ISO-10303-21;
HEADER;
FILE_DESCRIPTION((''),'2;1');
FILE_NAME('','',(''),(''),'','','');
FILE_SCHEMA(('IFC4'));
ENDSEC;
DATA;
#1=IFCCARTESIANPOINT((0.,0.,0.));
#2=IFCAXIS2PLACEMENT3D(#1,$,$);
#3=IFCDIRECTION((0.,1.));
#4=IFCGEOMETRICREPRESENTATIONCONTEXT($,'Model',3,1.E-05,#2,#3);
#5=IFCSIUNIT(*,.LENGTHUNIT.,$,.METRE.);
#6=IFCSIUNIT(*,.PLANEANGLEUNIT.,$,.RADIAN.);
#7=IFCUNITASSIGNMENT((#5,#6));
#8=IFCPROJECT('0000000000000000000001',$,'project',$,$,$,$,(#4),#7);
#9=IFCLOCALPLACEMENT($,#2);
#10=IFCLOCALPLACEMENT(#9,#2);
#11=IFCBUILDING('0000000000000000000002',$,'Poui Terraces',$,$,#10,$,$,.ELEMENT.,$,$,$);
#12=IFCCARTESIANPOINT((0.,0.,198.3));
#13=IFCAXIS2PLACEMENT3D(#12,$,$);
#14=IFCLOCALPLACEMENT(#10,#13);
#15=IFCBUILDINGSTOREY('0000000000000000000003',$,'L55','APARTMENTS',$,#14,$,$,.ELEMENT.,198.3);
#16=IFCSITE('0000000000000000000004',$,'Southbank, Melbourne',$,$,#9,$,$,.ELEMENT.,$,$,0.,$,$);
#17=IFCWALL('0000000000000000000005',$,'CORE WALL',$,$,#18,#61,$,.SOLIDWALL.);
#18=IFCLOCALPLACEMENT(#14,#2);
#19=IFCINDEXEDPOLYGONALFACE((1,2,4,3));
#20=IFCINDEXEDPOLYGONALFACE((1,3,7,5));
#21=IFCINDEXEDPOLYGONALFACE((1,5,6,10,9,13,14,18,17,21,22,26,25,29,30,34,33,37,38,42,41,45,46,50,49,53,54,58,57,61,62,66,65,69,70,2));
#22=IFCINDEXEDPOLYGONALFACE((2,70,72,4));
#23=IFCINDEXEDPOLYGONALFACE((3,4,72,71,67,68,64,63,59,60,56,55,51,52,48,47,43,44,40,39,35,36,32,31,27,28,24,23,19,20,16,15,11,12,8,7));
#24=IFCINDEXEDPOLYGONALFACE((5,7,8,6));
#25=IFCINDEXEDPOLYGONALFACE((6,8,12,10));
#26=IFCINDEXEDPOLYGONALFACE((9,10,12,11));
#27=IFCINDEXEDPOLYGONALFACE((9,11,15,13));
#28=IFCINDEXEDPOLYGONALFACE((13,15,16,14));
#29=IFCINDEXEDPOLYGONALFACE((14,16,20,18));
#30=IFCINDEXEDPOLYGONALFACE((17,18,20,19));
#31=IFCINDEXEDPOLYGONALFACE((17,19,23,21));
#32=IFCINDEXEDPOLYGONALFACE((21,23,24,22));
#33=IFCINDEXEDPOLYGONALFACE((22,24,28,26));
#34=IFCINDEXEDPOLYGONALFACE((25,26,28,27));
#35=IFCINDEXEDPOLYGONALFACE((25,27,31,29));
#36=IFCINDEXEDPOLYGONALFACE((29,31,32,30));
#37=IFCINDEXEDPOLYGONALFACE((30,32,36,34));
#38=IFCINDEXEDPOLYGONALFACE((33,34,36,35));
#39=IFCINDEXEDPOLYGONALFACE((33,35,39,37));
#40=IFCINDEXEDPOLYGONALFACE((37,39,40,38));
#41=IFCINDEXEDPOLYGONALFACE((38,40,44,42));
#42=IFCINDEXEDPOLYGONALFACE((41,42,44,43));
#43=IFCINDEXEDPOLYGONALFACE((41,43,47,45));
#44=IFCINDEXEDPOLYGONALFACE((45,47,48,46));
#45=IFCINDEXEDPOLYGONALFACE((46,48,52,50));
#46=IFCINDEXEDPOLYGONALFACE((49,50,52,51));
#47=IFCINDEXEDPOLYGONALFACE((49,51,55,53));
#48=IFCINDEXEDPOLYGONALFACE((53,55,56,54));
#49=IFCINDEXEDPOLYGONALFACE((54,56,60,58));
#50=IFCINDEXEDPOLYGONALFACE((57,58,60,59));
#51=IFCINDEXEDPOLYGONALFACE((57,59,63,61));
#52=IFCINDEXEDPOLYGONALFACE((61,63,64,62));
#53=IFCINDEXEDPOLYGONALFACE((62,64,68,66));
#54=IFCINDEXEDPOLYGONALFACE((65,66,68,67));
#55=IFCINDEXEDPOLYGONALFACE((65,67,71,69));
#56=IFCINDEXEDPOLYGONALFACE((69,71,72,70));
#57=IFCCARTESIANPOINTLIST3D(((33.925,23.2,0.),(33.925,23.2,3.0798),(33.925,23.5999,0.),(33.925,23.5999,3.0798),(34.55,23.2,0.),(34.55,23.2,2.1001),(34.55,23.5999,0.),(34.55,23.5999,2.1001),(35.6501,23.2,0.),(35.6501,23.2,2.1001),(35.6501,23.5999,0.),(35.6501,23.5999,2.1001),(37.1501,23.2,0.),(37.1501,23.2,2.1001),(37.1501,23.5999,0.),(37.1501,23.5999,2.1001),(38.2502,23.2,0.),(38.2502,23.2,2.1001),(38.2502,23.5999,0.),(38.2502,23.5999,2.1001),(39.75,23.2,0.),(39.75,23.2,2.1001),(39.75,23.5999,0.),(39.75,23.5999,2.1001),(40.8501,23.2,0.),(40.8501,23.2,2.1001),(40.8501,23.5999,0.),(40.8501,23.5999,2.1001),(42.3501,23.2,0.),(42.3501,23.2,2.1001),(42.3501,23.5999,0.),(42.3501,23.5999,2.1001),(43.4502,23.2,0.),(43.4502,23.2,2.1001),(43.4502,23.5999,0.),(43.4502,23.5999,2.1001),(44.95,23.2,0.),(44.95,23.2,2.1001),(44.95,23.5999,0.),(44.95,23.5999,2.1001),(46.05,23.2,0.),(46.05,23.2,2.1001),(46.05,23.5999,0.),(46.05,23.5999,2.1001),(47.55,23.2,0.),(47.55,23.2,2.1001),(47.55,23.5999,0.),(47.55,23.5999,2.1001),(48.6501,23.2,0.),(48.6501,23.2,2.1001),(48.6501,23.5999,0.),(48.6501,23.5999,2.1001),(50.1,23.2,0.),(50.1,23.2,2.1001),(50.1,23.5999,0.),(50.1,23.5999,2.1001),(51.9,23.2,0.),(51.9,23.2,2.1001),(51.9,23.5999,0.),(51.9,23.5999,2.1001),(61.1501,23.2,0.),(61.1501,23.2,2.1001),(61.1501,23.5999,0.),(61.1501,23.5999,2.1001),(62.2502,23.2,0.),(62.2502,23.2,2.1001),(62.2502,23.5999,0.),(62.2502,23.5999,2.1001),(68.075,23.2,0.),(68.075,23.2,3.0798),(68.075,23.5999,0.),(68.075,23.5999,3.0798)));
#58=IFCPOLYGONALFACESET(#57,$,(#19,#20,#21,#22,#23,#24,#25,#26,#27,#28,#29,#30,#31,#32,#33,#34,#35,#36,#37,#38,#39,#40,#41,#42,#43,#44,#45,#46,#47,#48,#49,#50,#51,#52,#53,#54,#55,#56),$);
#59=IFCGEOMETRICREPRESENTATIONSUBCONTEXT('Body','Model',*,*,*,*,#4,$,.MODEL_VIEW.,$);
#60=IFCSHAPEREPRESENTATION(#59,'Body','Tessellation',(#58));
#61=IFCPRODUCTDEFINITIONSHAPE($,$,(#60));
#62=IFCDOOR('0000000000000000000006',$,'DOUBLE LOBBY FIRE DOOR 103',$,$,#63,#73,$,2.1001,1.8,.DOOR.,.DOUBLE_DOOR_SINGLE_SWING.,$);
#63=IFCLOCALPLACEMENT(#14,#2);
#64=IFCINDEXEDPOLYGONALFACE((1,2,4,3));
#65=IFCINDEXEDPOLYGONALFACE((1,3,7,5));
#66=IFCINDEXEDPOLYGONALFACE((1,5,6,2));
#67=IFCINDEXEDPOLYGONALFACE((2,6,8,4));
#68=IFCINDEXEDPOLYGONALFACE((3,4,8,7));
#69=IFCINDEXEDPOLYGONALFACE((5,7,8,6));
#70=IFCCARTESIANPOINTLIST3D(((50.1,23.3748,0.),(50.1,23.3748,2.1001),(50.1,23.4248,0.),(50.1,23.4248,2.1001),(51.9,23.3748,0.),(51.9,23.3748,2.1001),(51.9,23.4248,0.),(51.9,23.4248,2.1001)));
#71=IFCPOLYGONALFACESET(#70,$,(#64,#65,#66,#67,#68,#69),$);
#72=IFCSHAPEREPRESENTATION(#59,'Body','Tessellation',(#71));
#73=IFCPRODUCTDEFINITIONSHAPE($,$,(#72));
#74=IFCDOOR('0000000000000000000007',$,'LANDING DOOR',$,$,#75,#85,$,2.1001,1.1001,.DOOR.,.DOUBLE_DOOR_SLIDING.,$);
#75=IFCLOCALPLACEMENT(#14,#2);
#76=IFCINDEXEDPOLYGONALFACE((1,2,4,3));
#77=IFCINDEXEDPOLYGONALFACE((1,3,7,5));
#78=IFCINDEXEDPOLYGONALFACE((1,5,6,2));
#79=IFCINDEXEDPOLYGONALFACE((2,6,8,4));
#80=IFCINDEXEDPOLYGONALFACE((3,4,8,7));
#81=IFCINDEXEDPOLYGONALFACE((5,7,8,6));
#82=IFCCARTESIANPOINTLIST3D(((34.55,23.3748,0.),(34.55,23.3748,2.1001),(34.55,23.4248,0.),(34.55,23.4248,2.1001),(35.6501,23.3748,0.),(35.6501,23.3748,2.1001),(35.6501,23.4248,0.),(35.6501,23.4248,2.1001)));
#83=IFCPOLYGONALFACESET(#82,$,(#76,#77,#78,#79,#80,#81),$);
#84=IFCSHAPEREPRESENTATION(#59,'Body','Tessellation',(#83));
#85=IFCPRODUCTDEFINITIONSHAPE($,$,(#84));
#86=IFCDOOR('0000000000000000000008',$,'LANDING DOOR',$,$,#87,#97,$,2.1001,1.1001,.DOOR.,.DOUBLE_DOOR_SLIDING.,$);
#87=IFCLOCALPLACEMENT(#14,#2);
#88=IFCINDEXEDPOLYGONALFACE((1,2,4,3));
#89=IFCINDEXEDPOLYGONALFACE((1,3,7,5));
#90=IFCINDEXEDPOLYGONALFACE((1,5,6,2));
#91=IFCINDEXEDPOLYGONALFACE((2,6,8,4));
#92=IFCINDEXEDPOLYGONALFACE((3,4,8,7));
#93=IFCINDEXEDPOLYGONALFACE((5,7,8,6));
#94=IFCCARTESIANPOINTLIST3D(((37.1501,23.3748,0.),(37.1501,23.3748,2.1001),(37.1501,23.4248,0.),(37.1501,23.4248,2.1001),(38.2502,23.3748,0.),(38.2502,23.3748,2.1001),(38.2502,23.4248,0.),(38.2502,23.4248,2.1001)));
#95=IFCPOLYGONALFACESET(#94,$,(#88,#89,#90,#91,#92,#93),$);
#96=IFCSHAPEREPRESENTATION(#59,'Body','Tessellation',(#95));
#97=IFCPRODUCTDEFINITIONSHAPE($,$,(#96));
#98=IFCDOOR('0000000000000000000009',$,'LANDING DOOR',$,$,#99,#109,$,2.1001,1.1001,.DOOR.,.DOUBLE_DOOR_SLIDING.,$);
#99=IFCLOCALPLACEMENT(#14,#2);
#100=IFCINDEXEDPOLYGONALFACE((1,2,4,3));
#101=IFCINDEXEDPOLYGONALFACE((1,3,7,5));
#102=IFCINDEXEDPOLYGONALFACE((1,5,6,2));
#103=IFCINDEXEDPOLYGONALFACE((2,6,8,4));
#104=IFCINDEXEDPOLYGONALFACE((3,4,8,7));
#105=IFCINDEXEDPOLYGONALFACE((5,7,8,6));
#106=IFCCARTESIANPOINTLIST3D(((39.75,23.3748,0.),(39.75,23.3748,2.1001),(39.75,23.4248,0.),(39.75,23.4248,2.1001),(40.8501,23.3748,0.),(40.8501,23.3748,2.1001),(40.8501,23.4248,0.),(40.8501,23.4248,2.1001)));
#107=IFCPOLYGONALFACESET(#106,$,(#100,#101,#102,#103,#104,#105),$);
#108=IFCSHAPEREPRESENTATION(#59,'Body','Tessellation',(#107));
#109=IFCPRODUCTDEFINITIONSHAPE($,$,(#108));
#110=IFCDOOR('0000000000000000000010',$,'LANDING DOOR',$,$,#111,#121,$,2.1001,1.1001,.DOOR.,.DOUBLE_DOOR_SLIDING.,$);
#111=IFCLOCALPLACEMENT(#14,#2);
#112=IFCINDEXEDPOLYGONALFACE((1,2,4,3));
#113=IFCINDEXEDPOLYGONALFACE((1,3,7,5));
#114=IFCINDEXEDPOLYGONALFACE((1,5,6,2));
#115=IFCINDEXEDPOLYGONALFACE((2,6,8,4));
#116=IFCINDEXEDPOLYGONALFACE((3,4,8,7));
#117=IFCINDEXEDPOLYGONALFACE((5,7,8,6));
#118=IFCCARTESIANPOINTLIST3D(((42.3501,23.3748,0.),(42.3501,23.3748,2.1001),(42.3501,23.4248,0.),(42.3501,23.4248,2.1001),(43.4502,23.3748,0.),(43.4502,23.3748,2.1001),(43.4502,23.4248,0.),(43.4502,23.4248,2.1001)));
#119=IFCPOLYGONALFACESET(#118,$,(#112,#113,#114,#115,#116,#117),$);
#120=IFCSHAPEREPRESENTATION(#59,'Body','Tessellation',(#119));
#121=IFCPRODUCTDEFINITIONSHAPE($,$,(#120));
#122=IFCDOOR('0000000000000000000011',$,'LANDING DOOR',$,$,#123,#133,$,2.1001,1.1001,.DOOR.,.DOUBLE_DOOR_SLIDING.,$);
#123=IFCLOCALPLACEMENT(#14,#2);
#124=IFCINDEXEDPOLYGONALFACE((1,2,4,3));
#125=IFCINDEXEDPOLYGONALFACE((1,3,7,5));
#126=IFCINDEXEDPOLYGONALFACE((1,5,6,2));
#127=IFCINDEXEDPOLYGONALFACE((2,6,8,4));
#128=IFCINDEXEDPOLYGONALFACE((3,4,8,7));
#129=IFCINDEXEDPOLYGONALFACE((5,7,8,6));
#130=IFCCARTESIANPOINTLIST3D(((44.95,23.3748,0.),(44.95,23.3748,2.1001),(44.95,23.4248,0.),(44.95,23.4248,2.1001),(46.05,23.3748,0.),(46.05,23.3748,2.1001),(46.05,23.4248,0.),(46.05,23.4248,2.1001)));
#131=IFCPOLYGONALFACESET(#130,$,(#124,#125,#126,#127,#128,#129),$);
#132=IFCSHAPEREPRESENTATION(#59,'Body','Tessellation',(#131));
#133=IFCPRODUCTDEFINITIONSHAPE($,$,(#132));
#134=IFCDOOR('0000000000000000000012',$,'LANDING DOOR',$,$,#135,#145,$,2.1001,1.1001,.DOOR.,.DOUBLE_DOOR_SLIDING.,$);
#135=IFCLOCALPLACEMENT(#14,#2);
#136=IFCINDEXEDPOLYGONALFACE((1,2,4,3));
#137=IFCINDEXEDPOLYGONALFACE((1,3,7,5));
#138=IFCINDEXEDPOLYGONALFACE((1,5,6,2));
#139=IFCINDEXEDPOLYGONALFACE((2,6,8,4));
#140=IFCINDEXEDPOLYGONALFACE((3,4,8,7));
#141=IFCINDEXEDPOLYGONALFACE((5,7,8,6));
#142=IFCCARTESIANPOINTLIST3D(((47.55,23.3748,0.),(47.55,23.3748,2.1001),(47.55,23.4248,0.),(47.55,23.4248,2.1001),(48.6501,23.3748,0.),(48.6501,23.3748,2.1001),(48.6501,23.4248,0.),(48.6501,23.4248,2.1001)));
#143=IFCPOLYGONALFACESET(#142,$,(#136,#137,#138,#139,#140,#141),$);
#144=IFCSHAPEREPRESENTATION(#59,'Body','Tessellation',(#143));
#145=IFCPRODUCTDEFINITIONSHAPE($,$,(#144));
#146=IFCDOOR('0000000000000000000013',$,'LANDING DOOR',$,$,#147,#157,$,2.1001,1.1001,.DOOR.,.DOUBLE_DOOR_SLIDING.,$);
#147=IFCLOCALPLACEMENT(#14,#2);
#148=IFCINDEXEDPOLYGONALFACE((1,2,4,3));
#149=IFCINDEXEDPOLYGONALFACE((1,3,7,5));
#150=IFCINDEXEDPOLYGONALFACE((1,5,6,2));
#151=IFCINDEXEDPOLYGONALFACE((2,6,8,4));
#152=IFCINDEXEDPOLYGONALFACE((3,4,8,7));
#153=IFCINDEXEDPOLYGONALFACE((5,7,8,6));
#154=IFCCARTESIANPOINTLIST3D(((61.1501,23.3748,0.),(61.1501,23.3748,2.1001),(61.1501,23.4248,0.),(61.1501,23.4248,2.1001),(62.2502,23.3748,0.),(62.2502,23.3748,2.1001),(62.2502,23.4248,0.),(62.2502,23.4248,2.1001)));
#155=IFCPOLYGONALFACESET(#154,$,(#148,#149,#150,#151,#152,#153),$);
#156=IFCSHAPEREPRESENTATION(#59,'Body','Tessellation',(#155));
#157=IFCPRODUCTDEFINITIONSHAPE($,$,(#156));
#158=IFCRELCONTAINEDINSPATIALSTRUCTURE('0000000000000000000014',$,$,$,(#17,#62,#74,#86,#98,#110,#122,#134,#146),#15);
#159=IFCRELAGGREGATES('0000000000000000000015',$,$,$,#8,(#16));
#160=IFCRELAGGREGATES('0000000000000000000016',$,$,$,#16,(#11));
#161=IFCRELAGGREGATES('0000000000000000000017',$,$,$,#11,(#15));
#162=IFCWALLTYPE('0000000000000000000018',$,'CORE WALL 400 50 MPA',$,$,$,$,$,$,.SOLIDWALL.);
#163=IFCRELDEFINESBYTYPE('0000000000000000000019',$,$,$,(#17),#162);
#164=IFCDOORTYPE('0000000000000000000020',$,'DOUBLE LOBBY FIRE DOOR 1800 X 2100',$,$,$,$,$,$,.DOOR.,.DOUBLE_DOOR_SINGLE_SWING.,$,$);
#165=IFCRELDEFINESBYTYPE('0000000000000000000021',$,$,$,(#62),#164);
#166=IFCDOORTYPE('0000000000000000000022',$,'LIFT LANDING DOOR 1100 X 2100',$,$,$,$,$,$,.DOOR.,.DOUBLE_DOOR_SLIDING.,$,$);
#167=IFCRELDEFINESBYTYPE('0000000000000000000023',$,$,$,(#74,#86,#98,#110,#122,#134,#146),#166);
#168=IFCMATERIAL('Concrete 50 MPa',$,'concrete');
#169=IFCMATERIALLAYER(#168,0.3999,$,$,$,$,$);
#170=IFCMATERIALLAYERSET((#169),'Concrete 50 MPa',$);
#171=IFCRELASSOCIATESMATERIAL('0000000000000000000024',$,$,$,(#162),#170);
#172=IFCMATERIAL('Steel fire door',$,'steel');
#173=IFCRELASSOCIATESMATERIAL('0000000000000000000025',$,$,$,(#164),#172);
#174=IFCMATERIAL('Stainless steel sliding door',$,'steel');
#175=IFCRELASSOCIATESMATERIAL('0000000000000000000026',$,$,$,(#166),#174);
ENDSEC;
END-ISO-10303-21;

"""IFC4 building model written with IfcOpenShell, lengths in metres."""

from ifc_helpers import new_model, si_unit, direction, frame, frame_2d, origin, place, context, subcontext, project, spatial, rectangle, extrude, material, layer, layer_set, type_object, element, fill, save


model = new_model("IFC4")

# Units and contexts
model_context = context("Model", 3, precision=1e-05, world=origin(), true_north=direction((0.0, 1.0)))
body_context = subcontext(model_context, "Body", "Model", "MODEL_VIEW")
ifc_project = project(units=[si_unit("LENGTHUNIT", "METRE"), si_unit("PLANEANGLEUNIT", "RADIAN")], contexts=[model_context])

# Site, building, storey
site_placement = place(None, origin())
site = spatial("IfcSite", under=ifc_project, at=site_placement, Name="Southbank, Melbourne", CompositionType="ELEMENT", RefElevation=0.0)
building_placement = place(site_placement, origin())
building = spatial("IfcBuilding", under=site, at=building_placement, Name="Poui Terraces", CompositionType="ELEMENT")
storey_placement = place(building_placement, frame((0.0, 0.0, 198.3)))
storey = spatial("IfcBuildingStorey", under=building, at=storey_placement, Name="L55", Description="APARTMENTS", CompositionType="ELEMENT", Elevation=198.3)

# Wall, openings, doors
ifc_material_1 = material(Name="Concrete 50 MPa", Category="concrete")
ifc_layer_1 = layer(ifc_material_1, 0.3999)
ifc_layer_set_1 = layer_set([ifc_layer_1], Name="Concrete 50 MPa")
wall_type_1 = type_object("IfcWallType", Name="CORE WALL 400 50 MPA", PredefinedType="SOLIDWALL", material=ifc_layer_set_1)
ifc_material_2 = material(Name="Steel fire door", Category="steel")
door_type_1 = type_object("IfcDoorType", Name="DOUBLE LOBBY FIRE DOOR 1800 X 2100", OperationType="DOUBLE_DOOR_SINGLE_SWING", PredefinedType="DOOR", material=ifc_material_2)
wall_1_placement = place(storey_placement, frame((33.925, 23.3999, 0.0), z_axis=(0.0, 0.0, 1.0), x_axis=(1.0, 0.0, 0.0)))
wall_1 = element("IfcWall", 1, at=wall_1_placement, inside=storey, type_object=wall_type_1, Name="CORE WALL", PredefinedType="SOLIDWALL", context=body_context, shape_type="SweptSolid", body=[
    extrude(rectangle(XDim=34.1499, YDim=0.3999, at=frame_2d((17.075, 0.0))), origin(), (0.0, 0.0, 1.0), 3.0798),
])
opening_1_placement = place(wall_1_placement, frame((16.175, 0.0, 0.0)))
opening_1 = element("IfcOpeningElement", 2, at=opening_1_placement, cuts=wall_1, PredefinedType="OPENING", context=body_context, shape_type="SweptSolid", body=[
    extrude(rectangle(XDim=1.8, YDim=2.1001, at=frame_2d((0.8999, 1.05))), frame((0.0, 0.21, 0.0), z_axis=(0.0, -1.0, 0.0), x_axis=(1.0, 0.0, 0.0)), (0.0, 0.0, 1.0), 0.4199),
])
opening_2_placement = place(wall_1_placement, frame((0.625, 0.0, 0.0)))
opening_2 = element("IfcOpeningElement", 3, at=opening_2_placement, cuts=wall_1, PredefinedType="OPENING", context=body_context, shape_type="SweptSolid", body=[
    extrude(rectangle(XDim=1.1001, YDim=2.1001, at=frame_2d((0.55, 1.05))), frame((0.0, 0.21, 0.0), z_axis=(0.0, -1.0, 0.0), x_axis=(1.0, 0.0, 0.0)), (0.0, 0.0, 1.0), 0.4199),
])
opening_3_placement = place(wall_1_placement, frame((3.2251, 0.0, 0.0)))
opening_3 = element("IfcOpeningElement", 4, at=opening_3_placement, cuts=wall_1, PredefinedType="OPENING", context=body_context, shape_type="SweptSolid", body=[
    extrude(rectangle(XDim=1.1001, YDim=2.1001, at=frame_2d((0.55, 1.05))), frame((0.0, 0.21, 0.0), z_axis=(0.0, -1.0, 0.0), x_axis=(1.0, 0.0, 0.0)), (0.0, 0.0, 1.0), 0.4199),
])
opening_4_placement = place(wall_1_placement, frame((5.825, 0.0, 0.0)))
opening_4 = element("IfcOpeningElement", 5, at=opening_4_placement, cuts=wall_1, PredefinedType="OPENING", context=body_context, shape_type="SweptSolid", body=[
    extrude(rectangle(XDim=1.1001, YDim=2.1001, at=frame_2d((0.55, 1.05))), frame((0.0, 0.21, 0.0), z_axis=(0.0, -1.0, 0.0), x_axis=(1.0, 0.0, 0.0)), (0.0, 0.0, 1.0), 0.4199),
])
opening_5_placement = place(wall_1_placement, frame((8.425, 0.0, 0.0)))
opening_5 = element("IfcOpeningElement", 6, at=opening_5_placement, cuts=wall_1, PredefinedType="OPENING", context=body_context, shape_type="SweptSolid", body=[
    extrude(rectangle(XDim=1.1001, YDim=2.1001, at=frame_2d((0.55, 1.05))), frame((0.0, 0.21, 0.0), z_axis=(0.0, -1.0, 0.0), x_axis=(1.0, 0.0, 0.0)), (0.0, 0.0, 1.0), 0.4199),
])
opening_6_placement = place(wall_1_placement, frame((11.0249, 0.0, 0.0)))
opening_6 = element("IfcOpeningElement", 7, at=opening_6_placement, cuts=wall_1, PredefinedType="OPENING", context=body_context, shape_type="SweptSolid", body=[
    extrude(rectangle(XDim=1.1001, YDim=2.1001, at=frame_2d((0.55, 1.05))), frame((0.0, 0.21, 0.0), z_axis=(0.0, -1.0, 0.0), x_axis=(1.0, 0.0, 0.0)), (0.0, 0.0, 1.0), 0.4199),
])
opening_7_placement = place(wall_1_placement, frame((13.625, 0.0, 0.0)))
opening_7 = element("IfcOpeningElement", 8, at=opening_7_placement, cuts=wall_1, PredefinedType="OPENING", context=body_context, shape_type="SweptSolid", body=[
    extrude(rectangle(XDim=1.1001, YDim=2.1001, at=frame_2d((0.55, 1.05))), frame((0.0, 0.21, 0.0), z_axis=(0.0, -1.0, 0.0), x_axis=(1.0, 0.0, 0.0)), (0.0, 0.0, 1.0), 0.4199),
])
opening_8_placement = place(wall_1_placement, frame((27.2251, 0.0, 0.0)))
opening_8 = element("IfcOpeningElement", 9, at=opening_8_placement, cuts=wall_1, PredefinedType="OPENING", context=body_context, shape_type="SweptSolid", body=[
    extrude(rectangle(XDim=1.1001, YDim=2.1001, at=frame_2d((0.55, 1.05))), frame((0.0, 0.21, 0.0), z_axis=(0.0, -1.0, 0.0), x_axis=(1.0, 0.0, 0.0)), (0.0, 0.0, 1.0), 0.4199),
])
door_1_placement = place(opening_1_placement, origin())
door_1 = element("IfcDoor", 10, at=door_1_placement, inside=storey, type_object=door_type_1, Name="DOUBLE LOBBY FIRE DOOR 103", OperationType="DOUBLE_DOOR_SINGLE_SWING", OverallHeight=2.1001, OverallWidth=1.8, PredefinedType="DOOR", context=body_context, shape_type="SweptSolid", body=[
    extrude(rectangle(XDim=1.8, YDim=2.1001, at=frame_2d((0.8999, 1.05))), frame((0.0, 0.0249, 0.0), z_axis=(0.0, -1.0, 0.0), x_axis=(1.0, 0.0, 0.0)), (0.0, 0.0, 1.0), 0.05),
])
fill(opening_1, door_1)
ifc_material_3 = material(Name="Stainless steel sliding door", Category="steel")
door_type_2 = type_object("IfcDoorType", Name="LIFT LANDING DOOR 1100 X 2100", OperationType="DOUBLE_DOOR_SLIDING", PredefinedType="DOOR", material=ifc_material_3)
door_2_placement = place(opening_2_placement, origin())
door_2 = element("IfcDoor", 11, at=door_2_placement, inside=storey, type_object=door_type_2, Name="LANDING DOOR", OperationType="DOUBLE_DOOR_SLIDING", OverallHeight=2.1001, OverallWidth=1.1001, PredefinedType="DOOR", context=body_context, shape_type="SweptSolid", body=[
    extrude(rectangle(XDim=1.1001, YDim=2.1001, at=frame_2d((0.55, 1.05))), frame((0.0, 0.0249, 0.0), z_axis=(0.0, -1.0, 0.0), x_axis=(1.0, 0.0, 0.0)), (0.0, 0.0, 1.0), 0.05),
])
fill(opening_2, door_2)
door_3_placement = place(opening_3_placement, origin())
door_3 = element("IfcDoor", 12, at=door_3_placement, inside=storey, type_object=door_type_2, Name="LANDING DOOR", OperationType="DOUBLE_DOOR_SLIDING", OverallHeight=2.1001, OverallWidth=1.1001, PredefinedType="DOOR", context=body_context, shape_type="SweptSolid", body=[
    extrude(rectangle(XDim=1.1001, YDim=2.1001, at=frame_2d((0.55, 1.05))), frame((0.0, 0.0249, 0.0), z_axis=(0.0, -1.0, 0.0), x_axis=(1.0, 0.0, 0.0)), (0.0, 0.0, 1.0), 0.05),
])
fill(opening_3, door_3)
door_4_placement = place(opening_4_placement, origin())
door_4 = element("IfcDoor", 13, at=door_4_placement, inside=storey, type_object=door_type_2, Name="LANDING DOOR", OperationType="DOUBLE_DOOR_SLIDING", OverallHeight=2.1001, OverallWidth=1.1001, PredefinedType="DOOR", context=body_context, shape_type="SweptSolid", body=[
    extrude(rectangle(XDim=1.1001, YDim=2.1001, at=frame_2d((0.55, 1.05))), frame((0.0, 0.0249, 0.0), z_axis=(0.0, -1.0, 0.0), x_axis=(1.0, 0.0, 0.0)), (0.0, 0.0, 1.0), 0.05),
])
fill(opening_4, door_4)
door_5_placement = place(opening_5_placement, origin())
door_5 = element("IfcDoor", 14, at=door_5_placement, inside=storey, type_object=door_type_2, Name="LANDING DOOR", OperationType="DOUBLE_DOOR_SLIDING", OverallHeight=2.1001, OverallWidth=1.1001, PredefinedType="DOOR", context=body_context, shape_type="SweptSolid", body=[
    extrude(rectangle(XDim=1.1001, YDim=2.1001, at=frame_2d((0.55, 1.05))), frame((0.0, 0.0249, 0.0), z_axis=(0.0, -1.0, 0.0), x_axis=(1.0, 0.0, 0.0)), (0.0, 0.0, 1.0), 0.05),
])
fill(opening_5, door_5)
door_6_placement = place(opening_6_placement, origin())
door_6 = element("IfcDoor", 15, at=door_6_placement, inside=storey, type_object=door_type_2, Name="LANDING DOOR", OperationType="DOUBLE_DOOR_SLIDING", OverallHeight=2.1001, OverallWidth=1.1001, PredefinedType="DOOR", context=body_context, shape_type="SweptSolid", body=[
    extrude(rectangle(XDim=1.1001, YDim=2.1001, at=frame_2d((0.55, 1.05))), frame((0.0, 0.0249, 0.0), z_axis=(0.0, -1.0, 0.0), x_axis=(1.0, 0.0, 0.0)), (0.0, 0.0, 1.0), 0.05),
])
fill(opening_6, door_6)
door_7_placement = place(opening_7_placement, origin())
door_7 = element("IfcDoor", 16, at=door_7_placement, inside=storey, type_object=door_type_2, Name="LANDING DOOR", OperationType="DOUBLE_DOOR_SLIDING", OverallHeight=2.1001, OverallWidth=1.1001, PredefinedType="DOOR", context=body_context, shape_type="SweptSolid", body=[
    extrude(rectangle(XDim=1.1001, YDim=2.1001, at=frame_2d((0.55, 1.05))), frame((0.0, 0.0249, 0.0), z_axis=(0.0, -1.0, 0.0), x_axis=(1.0, 0.0, 0.0)), (0.0, 0.0, 1.0), 0.05),
])
fill(opening_7, door_7)
door_8_placement = place(opening_8_placement, origin())
door_8 = element("IfcDoor", 17, at=door_8_placement, inside=storey, type_object=door_type_2, Name="LANDING DOOR", OperationType="DOUBLE_DOOR_SLIDING", OverallHeight=2.1001, OverallWidth=1.1001, PredefinedType="DOOR", context=body_context, shape_type="SweptSolid", body=[
    extrude(rectangle(XDim=1.1001, YDim=2.1001, at=frame_2d((0.55, 1.05))), frame((0.0, 0.0249, 0.0), z_axis=(0.0, -1.0, 0.0), x_axis=(1.0, 0.0, 0.0)), (0.0, 0.0, 1.0), 0.05),
])
fill(opening_8, door_8)

save(model, "model.ifc")
